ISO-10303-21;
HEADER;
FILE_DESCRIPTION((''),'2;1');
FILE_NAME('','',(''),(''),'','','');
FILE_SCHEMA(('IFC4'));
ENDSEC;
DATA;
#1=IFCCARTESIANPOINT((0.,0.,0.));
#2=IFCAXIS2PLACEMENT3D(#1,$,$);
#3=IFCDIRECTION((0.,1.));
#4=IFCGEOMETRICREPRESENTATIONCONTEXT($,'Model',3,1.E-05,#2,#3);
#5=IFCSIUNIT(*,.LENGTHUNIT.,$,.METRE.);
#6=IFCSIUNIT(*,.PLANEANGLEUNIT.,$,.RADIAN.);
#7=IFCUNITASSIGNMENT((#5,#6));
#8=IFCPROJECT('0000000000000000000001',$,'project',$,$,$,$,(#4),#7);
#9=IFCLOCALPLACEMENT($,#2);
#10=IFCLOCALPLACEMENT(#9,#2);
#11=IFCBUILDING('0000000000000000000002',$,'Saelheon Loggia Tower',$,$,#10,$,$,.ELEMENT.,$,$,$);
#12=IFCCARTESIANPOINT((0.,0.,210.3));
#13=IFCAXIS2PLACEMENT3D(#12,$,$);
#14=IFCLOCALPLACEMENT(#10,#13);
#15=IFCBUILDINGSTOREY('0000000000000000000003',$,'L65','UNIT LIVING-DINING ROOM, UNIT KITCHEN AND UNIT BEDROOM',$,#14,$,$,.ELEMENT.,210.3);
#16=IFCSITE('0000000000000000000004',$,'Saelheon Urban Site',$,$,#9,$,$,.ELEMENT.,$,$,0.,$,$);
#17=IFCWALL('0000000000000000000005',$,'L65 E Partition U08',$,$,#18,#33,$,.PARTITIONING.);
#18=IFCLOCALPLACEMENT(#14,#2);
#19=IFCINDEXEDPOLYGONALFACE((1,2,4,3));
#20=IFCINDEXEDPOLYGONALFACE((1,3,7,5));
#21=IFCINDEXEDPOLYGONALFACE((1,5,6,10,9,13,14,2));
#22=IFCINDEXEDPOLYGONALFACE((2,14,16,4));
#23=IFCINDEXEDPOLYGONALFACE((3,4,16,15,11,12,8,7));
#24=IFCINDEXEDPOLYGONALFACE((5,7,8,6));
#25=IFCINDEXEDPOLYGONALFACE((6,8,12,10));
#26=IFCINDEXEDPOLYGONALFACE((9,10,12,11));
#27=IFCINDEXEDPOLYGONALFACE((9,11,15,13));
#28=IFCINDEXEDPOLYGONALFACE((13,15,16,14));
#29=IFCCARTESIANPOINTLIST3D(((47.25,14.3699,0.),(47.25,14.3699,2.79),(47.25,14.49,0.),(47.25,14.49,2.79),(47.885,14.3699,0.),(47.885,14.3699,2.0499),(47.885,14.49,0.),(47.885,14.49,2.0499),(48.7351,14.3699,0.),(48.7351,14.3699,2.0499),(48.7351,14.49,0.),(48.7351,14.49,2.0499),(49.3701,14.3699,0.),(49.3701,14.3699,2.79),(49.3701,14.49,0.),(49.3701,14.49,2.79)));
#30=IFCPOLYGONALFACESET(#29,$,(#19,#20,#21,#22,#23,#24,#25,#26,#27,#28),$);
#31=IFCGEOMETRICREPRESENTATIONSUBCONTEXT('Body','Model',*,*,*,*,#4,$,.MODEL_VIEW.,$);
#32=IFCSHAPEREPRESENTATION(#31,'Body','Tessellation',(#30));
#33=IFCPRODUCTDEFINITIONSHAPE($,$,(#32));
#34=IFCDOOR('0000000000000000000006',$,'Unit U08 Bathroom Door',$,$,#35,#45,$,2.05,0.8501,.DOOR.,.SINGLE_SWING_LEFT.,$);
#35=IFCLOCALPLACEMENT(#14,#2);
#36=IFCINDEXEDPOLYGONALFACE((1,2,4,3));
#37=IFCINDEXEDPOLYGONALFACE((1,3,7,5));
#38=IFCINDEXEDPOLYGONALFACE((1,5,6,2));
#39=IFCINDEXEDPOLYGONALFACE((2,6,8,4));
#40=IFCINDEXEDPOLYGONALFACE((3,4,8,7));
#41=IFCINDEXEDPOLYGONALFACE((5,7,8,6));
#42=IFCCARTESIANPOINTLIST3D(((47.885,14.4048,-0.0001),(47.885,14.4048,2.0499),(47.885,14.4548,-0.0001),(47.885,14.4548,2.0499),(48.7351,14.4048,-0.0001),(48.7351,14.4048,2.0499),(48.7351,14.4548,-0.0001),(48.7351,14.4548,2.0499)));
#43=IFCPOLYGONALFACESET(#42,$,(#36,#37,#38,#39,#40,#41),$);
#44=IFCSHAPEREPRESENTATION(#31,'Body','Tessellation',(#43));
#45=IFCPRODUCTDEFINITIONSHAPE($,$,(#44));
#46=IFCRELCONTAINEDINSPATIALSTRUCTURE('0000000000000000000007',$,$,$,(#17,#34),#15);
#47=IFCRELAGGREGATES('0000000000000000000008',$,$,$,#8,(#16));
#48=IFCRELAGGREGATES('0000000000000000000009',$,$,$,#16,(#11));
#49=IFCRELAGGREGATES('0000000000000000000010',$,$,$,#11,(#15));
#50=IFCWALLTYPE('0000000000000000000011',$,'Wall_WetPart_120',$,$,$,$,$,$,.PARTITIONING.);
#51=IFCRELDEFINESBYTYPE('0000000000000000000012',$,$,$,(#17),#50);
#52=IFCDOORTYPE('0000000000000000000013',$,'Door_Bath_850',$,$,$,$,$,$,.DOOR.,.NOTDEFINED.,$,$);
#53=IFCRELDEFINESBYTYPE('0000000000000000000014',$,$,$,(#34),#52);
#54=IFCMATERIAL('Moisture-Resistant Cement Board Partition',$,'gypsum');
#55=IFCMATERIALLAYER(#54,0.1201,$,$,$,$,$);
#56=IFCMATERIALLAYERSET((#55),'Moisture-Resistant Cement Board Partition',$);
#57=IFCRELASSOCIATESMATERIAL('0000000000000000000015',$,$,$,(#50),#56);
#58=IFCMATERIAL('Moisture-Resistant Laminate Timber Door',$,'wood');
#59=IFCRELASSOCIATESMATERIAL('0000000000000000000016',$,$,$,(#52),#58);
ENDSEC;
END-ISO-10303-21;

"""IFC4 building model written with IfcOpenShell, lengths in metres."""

from ifc_helpers import new_model, si_unit, direction, frame, frame_2d, origin, place, context, subcontext, project, spatial, rectangle, extrude, source, transform, mapped, material, layer, layer_set, type_object, element, fill, save


model = new_model("IFC4")

# Units and contexts
model_context = context("Model", 3, precision=1e-05, world=origin(), true_north=direction((0.0, 1.0)))
body_context = subcontext(model_context, "Body", "Model", "MODEL_VIEW")
ifc_project = project(units=[si_unit("LENGTHUNIT", "METRE"), si_unit("PLANEANGLEUNIT", "RADIAN")], contexts=[model_context])

# Site, building, storey
site_placement = place(None, origin())
site = spatial("IfcSite", under=ifc_project, at=site_placement, Name="Saelheon Urban Site", CompositionType="ELEMENT", RefElevation=0.0)
building_placement = place(site_placement, origin())
building = spatial("IfcBuilding", under=site, at=building_placement, Name="Saelheon Loggia Tower", CompositionType="ELEMENT")
storey_placement = place(building_placement, frame((0.0, 0.0, 210.3)))
storey = spatial("IfcBuildingStorey", under=building, at=storey_placement, Name="L65", Description="UNIT LIVING-DINING ROOM, UNIT KITCHEN AND UNIT BEDROOM", CompositionType="ELEMENT", Elevation=210.3)

# Shared definitions
ifc_material_1 = material(Name="Moisture-Resistant Cement Board Partition", Category="gypsum")
ifc_layer_1 = layer(ifc_material_1, 0.1201)
ifc_layer_set_1 = layer_set([ifc_layer_1], Name="Moisture-Resistant Cement Board Partition")
wall_type_1 = type_object("IfcWallType", Name="Wall_WetPart_120", PredefinedType="PARTITIONING", material=ifc_layer_set_1)

# Wall, opening, door
wall_1_placement = place(storey_placement, frame((47.25, 14.4299, 0.0), z_axis=(0.0, 0.0, 1.0), x_axis=(1.0, 0.0, 0.0)))
wall_1 = element("IfcWall", 1, at=wall_1_placement, inside=storey, type_object=wall_type_1, Name="L65 E Partition U08", PredefinedType="PARTITIONING", context=body_context, shape_type="SweptSolid", body=[
    extrude(rectangle(XDim=2.1201, YDim=0.1201, at=frame_2d((1.0601, 0.0))), origin(), (0.0, 0.0, 1.0), 2.79),
])
opening_1_placement = place(wall_1_placement, frame((0.635, 0.0, 0.0)))
opening_1 = element("IfcOpeningElement", 2, at=opening_1_placement, cuts=wall_1, PredefinedType="OPENING", context=body_context, shape_type="SweptSolid", body=[
    extrude(rectangle(XDim=0.8501, YDim=2.05, at=frame_2d((0.425, 1.0249))), frame((0.0, 0.072, 0.0), z_axis=(0.0, -1.0, 0.0), x_axis=(1.0, 0.0, 0.0)), (0.0, 0.0, 1.0), 0.144),
])
ifc_material_2 = material(Name="Moisture-Resistant Laminate Timber Door", Category="wood")
door_type_1 = type_object("IfcDoorType", Name="Door_Bath_850", OperationType="NOTDEFINED", PredefinedType="DOOR", material=ifc_material_2)
shared_shape_1 = source(origin(), body_context, "Body", "SweptSolid", [
    extrude(rectangle(XDim=0.8501, YDim=2.05, at=frame_2d((0.425, 1.0249))), frame((0.0, 0.0249, 0.0), z_axis=(0.0, -1.0, 0.0), x_axis=(1.0, 0.0, 0.0)), (0.0, 0.0, 1.0), 0.05),
])
door_1_placement = place(opening_1_placement, origin())
door_1 = element("IfcDoor", 3, at=door_1_placement, inside=storey, type_object=door_type_1, Name="Unit U08 Bathroom Door", OperationType="SINGLE_SWING_LEFT", OverallHeight=2.05, OverallWidth=0.8501, PredefinedType="DOOR", context=body_context, shape_type="MappedRepresentation", body=[
    mapped(shared_shape_1, transform((0.0, 0.0, 0.0), scale=1.0)),
])
fill(opening_1, door_1)

save(model, "model.ifc")
